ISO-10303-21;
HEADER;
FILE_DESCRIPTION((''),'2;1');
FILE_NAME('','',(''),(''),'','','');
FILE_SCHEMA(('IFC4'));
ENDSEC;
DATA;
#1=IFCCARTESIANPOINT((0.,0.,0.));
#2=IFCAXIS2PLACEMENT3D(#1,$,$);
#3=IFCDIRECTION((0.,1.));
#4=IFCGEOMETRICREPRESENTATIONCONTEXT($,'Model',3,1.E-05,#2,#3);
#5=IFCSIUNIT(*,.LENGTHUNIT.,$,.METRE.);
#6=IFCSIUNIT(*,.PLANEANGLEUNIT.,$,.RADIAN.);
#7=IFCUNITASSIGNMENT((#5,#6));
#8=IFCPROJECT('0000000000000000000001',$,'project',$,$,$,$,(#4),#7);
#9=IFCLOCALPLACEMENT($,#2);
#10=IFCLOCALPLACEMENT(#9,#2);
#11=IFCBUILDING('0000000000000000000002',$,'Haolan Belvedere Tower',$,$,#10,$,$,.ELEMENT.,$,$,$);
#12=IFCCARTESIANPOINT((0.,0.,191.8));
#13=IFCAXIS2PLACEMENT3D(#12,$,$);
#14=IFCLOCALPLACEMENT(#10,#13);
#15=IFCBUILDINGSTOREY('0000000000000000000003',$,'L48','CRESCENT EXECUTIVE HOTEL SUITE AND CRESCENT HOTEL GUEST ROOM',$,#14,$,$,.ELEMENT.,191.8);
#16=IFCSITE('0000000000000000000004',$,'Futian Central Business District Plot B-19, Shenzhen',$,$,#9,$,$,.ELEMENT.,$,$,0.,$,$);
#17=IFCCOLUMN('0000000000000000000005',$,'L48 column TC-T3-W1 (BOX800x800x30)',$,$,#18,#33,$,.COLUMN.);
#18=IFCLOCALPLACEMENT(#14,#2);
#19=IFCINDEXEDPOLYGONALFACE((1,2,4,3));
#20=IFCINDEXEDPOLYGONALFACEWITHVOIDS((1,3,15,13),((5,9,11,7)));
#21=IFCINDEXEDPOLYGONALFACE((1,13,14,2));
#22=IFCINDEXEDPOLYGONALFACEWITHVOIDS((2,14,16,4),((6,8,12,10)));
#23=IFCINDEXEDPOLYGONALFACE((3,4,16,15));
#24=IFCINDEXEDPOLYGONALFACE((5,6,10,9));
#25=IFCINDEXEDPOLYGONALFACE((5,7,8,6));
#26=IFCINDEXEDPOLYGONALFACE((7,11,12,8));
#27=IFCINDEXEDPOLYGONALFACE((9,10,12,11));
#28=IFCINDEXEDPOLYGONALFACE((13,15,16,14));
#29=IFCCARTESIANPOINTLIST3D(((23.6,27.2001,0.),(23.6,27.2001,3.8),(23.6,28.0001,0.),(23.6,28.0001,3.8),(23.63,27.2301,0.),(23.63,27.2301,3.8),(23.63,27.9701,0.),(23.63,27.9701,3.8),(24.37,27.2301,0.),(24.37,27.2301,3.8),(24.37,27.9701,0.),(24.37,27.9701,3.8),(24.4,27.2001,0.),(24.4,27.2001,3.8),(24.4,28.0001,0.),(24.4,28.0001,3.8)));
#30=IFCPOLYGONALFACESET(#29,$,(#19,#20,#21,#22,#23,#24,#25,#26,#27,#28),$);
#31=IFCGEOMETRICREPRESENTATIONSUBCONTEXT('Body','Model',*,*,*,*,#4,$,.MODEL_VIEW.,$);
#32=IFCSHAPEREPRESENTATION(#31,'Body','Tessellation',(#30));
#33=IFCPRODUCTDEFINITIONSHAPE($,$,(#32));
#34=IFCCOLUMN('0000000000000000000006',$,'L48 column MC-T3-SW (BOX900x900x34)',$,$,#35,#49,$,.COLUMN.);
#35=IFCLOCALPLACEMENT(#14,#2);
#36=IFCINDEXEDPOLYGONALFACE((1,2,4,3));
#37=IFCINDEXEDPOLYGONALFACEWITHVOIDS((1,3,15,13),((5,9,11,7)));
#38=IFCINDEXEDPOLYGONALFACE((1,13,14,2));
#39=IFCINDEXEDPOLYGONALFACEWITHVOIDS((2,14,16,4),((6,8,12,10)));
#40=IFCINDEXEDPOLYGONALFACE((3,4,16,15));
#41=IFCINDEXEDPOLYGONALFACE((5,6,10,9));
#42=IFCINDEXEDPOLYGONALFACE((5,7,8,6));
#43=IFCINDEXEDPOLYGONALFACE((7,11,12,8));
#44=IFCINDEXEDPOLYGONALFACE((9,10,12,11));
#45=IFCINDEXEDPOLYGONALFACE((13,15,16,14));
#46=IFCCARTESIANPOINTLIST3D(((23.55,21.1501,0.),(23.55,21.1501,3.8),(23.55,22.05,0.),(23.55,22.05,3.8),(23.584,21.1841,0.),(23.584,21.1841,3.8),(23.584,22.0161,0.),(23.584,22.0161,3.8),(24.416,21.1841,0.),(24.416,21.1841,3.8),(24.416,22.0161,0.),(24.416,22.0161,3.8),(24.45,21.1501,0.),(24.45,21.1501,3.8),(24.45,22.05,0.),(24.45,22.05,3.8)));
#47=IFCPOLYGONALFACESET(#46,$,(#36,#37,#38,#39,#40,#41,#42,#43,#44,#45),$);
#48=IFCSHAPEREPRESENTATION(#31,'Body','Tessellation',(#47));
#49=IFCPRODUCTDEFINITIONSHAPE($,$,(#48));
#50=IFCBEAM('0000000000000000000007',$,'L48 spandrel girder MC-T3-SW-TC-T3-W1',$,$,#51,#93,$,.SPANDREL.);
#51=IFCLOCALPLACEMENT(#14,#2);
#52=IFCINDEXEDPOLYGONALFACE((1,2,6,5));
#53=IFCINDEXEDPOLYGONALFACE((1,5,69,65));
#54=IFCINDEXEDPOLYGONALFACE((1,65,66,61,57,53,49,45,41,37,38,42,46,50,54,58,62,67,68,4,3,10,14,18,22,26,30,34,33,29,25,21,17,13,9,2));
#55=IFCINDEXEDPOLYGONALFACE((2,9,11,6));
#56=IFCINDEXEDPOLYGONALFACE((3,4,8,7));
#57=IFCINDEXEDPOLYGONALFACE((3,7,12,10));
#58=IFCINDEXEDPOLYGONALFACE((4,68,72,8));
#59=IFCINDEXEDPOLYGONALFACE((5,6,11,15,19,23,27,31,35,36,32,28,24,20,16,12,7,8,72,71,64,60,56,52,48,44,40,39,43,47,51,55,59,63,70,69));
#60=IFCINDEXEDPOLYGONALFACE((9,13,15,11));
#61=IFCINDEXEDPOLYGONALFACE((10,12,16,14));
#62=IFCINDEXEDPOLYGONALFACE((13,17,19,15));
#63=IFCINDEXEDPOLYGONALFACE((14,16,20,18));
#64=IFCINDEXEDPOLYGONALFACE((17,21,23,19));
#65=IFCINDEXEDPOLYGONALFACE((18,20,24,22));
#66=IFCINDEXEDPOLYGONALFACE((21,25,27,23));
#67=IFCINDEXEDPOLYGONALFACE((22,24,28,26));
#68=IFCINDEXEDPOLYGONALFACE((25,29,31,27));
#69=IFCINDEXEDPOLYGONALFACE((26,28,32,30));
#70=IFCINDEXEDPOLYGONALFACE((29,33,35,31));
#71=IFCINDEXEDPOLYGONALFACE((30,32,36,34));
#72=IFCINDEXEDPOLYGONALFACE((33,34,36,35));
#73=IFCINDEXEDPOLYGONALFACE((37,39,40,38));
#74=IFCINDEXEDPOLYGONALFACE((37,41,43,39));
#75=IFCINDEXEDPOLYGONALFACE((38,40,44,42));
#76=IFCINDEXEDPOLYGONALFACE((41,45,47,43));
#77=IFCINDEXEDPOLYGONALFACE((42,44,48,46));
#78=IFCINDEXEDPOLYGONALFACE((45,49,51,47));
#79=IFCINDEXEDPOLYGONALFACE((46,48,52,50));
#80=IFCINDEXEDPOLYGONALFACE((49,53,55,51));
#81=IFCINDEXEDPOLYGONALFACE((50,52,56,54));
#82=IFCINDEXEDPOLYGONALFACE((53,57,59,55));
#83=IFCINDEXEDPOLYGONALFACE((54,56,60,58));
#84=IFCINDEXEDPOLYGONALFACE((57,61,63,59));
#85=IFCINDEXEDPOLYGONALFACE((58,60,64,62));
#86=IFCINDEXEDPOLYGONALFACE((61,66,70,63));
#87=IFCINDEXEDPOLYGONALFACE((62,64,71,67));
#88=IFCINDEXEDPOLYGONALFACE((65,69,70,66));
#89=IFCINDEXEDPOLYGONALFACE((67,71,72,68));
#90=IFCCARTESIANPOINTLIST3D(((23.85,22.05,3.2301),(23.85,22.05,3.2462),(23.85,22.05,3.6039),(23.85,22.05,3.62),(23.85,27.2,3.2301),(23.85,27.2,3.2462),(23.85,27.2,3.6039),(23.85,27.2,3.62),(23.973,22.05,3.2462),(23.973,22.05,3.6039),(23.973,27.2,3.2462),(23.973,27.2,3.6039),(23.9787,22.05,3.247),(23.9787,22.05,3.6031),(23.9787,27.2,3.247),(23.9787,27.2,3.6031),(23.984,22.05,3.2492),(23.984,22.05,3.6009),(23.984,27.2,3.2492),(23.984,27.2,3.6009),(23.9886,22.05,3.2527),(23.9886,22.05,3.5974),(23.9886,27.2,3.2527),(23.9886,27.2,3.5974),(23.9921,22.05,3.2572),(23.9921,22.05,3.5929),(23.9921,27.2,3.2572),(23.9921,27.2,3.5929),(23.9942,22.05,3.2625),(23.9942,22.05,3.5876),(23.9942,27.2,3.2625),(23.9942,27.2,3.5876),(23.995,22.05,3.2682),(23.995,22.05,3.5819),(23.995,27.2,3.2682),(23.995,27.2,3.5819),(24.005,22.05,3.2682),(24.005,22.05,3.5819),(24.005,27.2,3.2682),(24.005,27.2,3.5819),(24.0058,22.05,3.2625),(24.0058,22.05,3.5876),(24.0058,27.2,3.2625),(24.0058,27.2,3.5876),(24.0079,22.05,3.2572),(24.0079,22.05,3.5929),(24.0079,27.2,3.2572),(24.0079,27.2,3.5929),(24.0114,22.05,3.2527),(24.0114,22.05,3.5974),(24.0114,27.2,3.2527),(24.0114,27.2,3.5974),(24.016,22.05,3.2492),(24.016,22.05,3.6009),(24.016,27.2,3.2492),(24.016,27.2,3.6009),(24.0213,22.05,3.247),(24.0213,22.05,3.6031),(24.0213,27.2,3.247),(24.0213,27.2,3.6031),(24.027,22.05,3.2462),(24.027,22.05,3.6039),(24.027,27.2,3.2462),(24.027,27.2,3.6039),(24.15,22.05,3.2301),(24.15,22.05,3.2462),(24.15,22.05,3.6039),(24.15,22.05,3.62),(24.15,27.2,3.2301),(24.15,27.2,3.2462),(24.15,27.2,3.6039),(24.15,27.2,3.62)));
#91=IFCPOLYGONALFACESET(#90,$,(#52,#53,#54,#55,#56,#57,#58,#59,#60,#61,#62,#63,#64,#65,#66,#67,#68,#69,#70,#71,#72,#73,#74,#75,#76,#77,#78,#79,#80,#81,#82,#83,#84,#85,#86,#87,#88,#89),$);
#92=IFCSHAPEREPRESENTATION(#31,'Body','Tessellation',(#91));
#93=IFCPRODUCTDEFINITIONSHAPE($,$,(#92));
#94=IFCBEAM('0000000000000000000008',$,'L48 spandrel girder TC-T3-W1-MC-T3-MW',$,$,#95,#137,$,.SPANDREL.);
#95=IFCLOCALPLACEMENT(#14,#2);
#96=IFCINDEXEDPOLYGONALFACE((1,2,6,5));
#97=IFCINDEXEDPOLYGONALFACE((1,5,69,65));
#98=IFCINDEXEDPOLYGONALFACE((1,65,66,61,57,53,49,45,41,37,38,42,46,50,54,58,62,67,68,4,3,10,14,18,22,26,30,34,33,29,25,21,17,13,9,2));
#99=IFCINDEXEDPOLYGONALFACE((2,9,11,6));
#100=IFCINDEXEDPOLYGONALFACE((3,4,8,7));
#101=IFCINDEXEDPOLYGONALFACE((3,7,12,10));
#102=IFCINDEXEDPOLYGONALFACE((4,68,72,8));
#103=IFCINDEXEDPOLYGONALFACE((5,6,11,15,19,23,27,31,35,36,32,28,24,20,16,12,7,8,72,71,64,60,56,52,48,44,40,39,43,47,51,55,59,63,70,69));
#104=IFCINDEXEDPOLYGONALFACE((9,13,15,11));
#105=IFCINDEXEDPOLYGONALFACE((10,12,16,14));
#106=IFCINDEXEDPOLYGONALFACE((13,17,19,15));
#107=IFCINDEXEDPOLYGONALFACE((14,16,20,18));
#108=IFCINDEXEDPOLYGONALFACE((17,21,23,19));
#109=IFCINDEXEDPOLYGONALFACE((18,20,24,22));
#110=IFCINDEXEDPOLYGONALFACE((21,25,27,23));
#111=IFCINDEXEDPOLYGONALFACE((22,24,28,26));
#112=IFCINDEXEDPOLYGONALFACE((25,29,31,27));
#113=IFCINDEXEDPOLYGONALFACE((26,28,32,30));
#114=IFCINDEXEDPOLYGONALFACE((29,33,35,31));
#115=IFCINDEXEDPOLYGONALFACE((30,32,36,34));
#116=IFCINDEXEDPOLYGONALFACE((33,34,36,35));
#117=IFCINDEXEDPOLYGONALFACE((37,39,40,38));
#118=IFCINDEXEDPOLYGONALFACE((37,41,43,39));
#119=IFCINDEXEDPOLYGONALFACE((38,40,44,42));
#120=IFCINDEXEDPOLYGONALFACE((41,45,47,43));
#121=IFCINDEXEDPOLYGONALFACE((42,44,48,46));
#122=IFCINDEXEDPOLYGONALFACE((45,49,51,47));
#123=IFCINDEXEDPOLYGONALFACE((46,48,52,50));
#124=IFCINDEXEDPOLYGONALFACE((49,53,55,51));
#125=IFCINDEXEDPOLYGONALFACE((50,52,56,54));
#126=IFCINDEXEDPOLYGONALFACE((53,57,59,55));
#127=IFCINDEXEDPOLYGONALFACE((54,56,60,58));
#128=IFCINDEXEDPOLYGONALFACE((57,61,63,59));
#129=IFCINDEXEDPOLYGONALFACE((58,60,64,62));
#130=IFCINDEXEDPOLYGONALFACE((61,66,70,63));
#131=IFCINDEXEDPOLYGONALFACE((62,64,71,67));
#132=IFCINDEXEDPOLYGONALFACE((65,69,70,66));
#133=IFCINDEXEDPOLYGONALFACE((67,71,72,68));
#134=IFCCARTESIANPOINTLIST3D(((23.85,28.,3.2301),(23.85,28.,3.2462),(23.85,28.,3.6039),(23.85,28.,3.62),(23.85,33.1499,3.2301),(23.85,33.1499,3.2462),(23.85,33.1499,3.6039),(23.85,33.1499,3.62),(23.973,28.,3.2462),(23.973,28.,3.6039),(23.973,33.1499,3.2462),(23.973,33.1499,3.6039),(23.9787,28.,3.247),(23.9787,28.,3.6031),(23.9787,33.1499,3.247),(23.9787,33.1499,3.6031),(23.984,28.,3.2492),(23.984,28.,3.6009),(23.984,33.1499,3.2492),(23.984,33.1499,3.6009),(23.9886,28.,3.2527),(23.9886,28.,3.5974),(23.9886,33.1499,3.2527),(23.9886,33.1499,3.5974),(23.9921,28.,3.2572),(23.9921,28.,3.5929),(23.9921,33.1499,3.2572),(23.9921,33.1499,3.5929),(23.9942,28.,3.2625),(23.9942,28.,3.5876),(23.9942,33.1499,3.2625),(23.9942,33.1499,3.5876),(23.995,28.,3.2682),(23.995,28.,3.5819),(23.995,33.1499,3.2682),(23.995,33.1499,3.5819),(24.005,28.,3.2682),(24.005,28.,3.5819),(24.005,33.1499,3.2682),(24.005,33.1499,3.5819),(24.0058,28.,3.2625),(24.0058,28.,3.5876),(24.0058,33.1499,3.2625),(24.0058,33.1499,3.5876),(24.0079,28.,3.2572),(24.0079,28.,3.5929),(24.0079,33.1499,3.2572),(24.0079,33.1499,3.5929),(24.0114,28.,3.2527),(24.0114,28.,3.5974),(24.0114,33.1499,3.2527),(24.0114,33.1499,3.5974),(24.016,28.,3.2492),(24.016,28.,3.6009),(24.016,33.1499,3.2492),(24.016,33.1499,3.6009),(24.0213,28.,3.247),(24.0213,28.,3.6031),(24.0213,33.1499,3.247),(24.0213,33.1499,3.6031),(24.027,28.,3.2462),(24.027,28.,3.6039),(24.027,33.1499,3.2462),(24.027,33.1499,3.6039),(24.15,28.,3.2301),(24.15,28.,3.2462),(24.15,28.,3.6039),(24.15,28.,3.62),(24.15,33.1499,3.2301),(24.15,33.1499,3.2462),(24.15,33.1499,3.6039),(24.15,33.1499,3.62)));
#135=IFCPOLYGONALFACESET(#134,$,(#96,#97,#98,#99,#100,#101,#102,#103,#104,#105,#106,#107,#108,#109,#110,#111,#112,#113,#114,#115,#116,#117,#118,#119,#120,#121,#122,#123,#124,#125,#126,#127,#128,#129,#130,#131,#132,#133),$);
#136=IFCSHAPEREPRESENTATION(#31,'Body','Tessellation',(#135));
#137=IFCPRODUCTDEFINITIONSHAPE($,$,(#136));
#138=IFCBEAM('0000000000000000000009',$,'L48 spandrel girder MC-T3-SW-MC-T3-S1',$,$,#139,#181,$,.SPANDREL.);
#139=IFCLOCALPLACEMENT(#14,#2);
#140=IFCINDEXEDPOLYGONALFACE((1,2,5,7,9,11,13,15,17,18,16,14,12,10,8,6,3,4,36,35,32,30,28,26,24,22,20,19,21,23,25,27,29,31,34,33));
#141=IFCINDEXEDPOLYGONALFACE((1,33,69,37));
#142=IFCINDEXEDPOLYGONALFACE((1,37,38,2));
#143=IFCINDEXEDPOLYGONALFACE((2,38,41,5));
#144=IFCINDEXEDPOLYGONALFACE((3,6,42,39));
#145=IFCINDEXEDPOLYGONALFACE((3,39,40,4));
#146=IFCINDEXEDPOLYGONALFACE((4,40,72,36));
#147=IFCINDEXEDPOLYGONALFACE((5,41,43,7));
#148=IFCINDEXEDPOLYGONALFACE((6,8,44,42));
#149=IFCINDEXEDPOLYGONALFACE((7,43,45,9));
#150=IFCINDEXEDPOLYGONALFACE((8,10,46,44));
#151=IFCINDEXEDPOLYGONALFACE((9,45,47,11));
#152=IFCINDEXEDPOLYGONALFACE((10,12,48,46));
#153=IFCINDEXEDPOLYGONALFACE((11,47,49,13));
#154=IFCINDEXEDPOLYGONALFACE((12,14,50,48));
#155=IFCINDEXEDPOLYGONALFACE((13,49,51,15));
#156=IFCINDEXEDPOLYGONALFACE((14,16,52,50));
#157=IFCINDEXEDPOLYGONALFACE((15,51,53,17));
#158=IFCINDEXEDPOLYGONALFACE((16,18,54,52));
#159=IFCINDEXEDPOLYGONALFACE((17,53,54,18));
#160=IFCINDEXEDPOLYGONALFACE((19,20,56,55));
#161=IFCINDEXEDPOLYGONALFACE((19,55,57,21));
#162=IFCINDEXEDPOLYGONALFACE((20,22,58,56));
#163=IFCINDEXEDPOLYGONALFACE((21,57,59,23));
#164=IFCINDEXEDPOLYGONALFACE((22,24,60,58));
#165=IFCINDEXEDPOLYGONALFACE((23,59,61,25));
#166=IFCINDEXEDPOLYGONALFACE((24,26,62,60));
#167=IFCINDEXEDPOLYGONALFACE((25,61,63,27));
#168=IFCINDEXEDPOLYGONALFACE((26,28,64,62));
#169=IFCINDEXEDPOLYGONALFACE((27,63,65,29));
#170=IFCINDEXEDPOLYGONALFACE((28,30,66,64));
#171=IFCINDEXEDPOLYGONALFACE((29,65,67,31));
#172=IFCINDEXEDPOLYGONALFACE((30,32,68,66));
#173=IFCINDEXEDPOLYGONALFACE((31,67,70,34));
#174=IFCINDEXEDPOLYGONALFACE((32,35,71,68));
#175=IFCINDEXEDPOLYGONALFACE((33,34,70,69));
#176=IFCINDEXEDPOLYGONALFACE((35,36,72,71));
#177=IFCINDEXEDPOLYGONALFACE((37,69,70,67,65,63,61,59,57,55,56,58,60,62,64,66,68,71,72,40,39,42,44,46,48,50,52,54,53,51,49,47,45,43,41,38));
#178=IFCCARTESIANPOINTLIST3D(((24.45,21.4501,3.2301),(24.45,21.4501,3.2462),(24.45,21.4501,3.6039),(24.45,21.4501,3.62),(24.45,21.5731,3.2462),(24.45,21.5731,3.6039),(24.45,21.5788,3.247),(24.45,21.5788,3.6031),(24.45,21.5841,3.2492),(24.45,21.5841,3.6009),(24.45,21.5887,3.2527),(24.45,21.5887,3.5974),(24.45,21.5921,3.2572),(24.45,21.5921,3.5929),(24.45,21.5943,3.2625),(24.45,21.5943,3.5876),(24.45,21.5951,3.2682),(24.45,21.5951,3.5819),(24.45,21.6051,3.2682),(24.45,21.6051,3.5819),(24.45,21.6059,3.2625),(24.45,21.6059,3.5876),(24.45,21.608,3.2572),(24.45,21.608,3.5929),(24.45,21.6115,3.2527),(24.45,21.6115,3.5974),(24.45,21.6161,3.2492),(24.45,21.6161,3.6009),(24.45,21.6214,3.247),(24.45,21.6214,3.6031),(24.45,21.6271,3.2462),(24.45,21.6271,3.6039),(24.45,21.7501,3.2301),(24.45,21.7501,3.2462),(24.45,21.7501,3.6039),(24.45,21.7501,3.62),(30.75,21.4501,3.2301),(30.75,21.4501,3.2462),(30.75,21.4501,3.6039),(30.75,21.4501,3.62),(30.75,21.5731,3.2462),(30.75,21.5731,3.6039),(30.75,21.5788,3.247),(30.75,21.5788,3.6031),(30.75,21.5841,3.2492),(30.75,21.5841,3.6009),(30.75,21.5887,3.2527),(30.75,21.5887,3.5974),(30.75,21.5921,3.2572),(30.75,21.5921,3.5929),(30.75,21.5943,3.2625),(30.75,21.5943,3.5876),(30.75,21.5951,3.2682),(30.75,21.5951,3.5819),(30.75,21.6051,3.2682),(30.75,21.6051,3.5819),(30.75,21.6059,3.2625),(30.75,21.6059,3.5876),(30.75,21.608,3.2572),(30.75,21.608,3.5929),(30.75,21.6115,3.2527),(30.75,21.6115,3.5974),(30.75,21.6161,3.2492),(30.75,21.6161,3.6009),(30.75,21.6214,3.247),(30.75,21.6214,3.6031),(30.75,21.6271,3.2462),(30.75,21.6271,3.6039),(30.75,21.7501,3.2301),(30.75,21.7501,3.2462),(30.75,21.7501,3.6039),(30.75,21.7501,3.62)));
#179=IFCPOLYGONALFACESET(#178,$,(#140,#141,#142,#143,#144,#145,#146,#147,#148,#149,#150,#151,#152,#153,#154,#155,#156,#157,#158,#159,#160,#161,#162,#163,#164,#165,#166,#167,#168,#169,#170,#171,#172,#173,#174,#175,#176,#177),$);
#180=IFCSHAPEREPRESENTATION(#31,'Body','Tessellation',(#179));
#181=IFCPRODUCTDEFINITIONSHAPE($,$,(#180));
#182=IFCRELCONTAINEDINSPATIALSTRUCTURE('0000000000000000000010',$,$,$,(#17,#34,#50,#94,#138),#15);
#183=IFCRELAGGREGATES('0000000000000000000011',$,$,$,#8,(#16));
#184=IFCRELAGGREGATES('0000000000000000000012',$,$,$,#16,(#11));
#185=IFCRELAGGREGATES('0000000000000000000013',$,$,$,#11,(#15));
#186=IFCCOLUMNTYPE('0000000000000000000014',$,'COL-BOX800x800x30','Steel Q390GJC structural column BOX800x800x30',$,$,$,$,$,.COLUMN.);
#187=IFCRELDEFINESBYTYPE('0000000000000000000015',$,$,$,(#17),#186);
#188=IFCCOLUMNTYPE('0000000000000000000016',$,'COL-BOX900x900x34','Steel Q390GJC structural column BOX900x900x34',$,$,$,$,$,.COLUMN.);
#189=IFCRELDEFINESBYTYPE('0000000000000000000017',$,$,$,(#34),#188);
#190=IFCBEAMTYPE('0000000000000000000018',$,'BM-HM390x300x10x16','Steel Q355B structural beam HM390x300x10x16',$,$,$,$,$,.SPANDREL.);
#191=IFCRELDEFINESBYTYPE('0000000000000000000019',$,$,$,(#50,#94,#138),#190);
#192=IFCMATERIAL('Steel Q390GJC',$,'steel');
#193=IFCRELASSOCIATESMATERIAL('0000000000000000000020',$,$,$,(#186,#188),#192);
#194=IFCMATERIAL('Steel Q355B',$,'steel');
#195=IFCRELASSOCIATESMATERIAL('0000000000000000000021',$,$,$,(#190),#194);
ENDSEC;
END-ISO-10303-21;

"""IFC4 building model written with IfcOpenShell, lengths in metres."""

from ifc_helpers import new_model, si_unit, direction, frame, origin, origin_2d, place, context, subcontext, project, spatial, hollow_rectangle, i_section, extrude, material, material_profile, profile_set, type_object, element, save


model = new_model("IFC4")

# Units and contexts
model_context = context("Model", 3, precision=1e-05, world=origin(), true_north=direction((0.0, 1.0)))
body_context = subcontext(model_context, "Body", "Model", "MODEL_VIEW")
ifc_project = project(units=[si_unit("LENGTHUNIT", "METRE"), si_unit("PLANEANGLEUNIT", "RADIAN")], contexts=[model_context])

# Site, building, storey
site_placement = place(None, origin())
site = spatial("IfcSite", under=ifc_project, at=site_placement, Name="Futian Central Business District Plot B-19, Shenzhen", CompositionType="ELEMENT", RefElevation=0.0)
building_placement = place(site_placement, origin())
building = spatial("IfcBuilding", under=site, at=building_placement, Name="Haolan Belvedere Tower", CompositionType="ELEMENT")
storey_placement = place(building_placement, frame((0.0, 0.0, 191.8)))
storey = spatial("IfcBuildingStorey", under=building, at=storey_placement, Name="L48", Description="CRESCENT EXECUTIVE HOTEL SUITE AND CRESCENT HOTEL GUEST ROOM", CompositionType="ELEMENT", Elevation=191.8)

# Columns
ifc_material_1 = material(Name="Steel Q390GJC", Category="steel")
ifc_material_profile_1 = material_profile(ifc_material_1, hollow_rectangle(XDim=0.8, YDim=0.8, WallThickness=0.03, at=origin_2d()), Name="Steel Q390GJC")
ifc_profile_set_1 = profile_set([ifc_material_profile_1], Name="Steel Q390GJC")
column_type_1 = type_object("IfcColumnType", Name="COL-BOX800x800x30", Description="Steel Q390GJC structural column BOX800x800x30", PredefinedType="COLUMN", material=ifc_profile_set_1)
column_1_placement = place(storey_placement, frame((24.0, 27.6001, 0.0), z_axis=(0.0, 0.0, 1.0), x_axis=(1.0, 0.0, 0.0)))
element("IfcColumn", 1, at=column_1_placement, inside=storey, type_object=column_type_1, Name="L48 column TC-T3-W1 (BOX800x800x30)", PredefinedType="COLUMN", context=body_context, shape_type="SweptSolid", body=[
    extrude(hollow_rectangle(XDim=0.8, YDim=0.8, WallThickness=0.03, at=origin_2d()), origin(), (0.0, 0.0, 1.0), 3.8),
])
ifc_material_profile_2 = material_profile(ifc_material_1, hollow_rectangle(XDim=0.8999, YDim=0.8999, WallThickness=0.0339, at=origin_2d()), Name="Steel Q390GJC")
ifc_profile_set_2 = profile_set([ifc_material_profile_2], Name="Steel Q390GJC")
column_type_2 = type_object("IfcColumnType", Name="COL-BOX900x900x34", Description="Steel Q390GJC structural column BOX900x900x34", PredefinedType="COLUMN", material=ifc_profile_set_2)
column_2_placement = place(storey_placement, frame((24.0, 21.6001, 0.0), z_axis=(0.0, 0.0, 1.0), x_axis=(1.0, 0.0, 0.0)))
element("IfcColumn", 2, at=column_2_placement, inside=storey, type_object=column_type_2, Name="L48 column MC-T3-SW (BOX900x900x34)", PredefinedType="COLUMN", context=body_context, shape_type="SweptSolid", body=[
    extrude(hollow_rectangle(XDim=0.8999, YDim=0.8999, WallThickness=0.0339, at=origin_2d()), origin(), (0.0, 0.0, 1.0), 3.8),
])

# Beams
ifc_material_2 = material(Name="Steel Q355B", Category="steel")
ifc_material_profile_3 = material_profile(ifc_material_2, i_section(OverallWidth=0.3, OverallDepth=0.3899, WebThickness=0.01, FlangeThickness=0.0161, FilletRadius=0.022, at=origin_2d()), Name="Steel Q355B")
ifc_profile_set_3 = profile_set([ifc_material_profile_3], Name="Steel Q355B")
beam_type_1 = type_object("IfcBeamType", Name="BM-HM390x300x10x16", Description="Steel Q355B structural beam HM390x300x10x16", PredefinedType="SPANDREL", material=ifc_profile_set_3)
for number, where, z_axis, x_axis, name in (
    (3, (24.0, 22.05, 3.425), (0.0, 1.0, 0.0), (-1.0, 0.0, 0.0), "L48 spandrel girder MC-T3-SW-TC-T3-W1"),
    (4, (24.0, 28.0, 3.425), (0.0, 1.0, 0.0), (-1.0, 0.0, 0.0), "L48 spandrel girder TC-T3-W1-MC-T3-MW"),
):
    element("IfcBeam", number, at=place(storey_placement, frame(where, z_axis=z_axis, x_axis=x_axis)), inside=storey, type_object=beam_type_1, Name=name, PredefinedType="SPANDREL", context=body_context, shape_type="SweptSolid", body=[
        extrude(i_section(OverallWidth=0.3, OverallDepth=0.3899, WebThickness=0.01, FlangeThickness=0.0161, FilletRadius=0.022, at=origin_2d()), origin(), (0.0, 0.0, 1.0), 5.1499),
    ])
beam_1_placement = place(storey_placement, frame((24.45, 21.6001, 3.425), z_axis=(1.0, 0.0, 0.0), x_axis=(0.0, 1.0, 0.0)))
element("IfcBeam", 5, at=beam_1_placement, inside=storey, type_object=beam_type_1, Name="L48 spandrel girder MC-T3-SW-MC-T3-S1", PredefinedType="SPANDREL", context=body_context, shape_type="SweptSolid", body=[
    extrude(i_section(OverallWidth=0.3, OverallDepth=0.3899, WebThickness=0.01, FlangeThickness=0.0161, FilletRadius=0.022, at=origin_2d()), origin(), (0.0, 0.0, 1.0), 6.3),
])

save(model, "model.ifc")
